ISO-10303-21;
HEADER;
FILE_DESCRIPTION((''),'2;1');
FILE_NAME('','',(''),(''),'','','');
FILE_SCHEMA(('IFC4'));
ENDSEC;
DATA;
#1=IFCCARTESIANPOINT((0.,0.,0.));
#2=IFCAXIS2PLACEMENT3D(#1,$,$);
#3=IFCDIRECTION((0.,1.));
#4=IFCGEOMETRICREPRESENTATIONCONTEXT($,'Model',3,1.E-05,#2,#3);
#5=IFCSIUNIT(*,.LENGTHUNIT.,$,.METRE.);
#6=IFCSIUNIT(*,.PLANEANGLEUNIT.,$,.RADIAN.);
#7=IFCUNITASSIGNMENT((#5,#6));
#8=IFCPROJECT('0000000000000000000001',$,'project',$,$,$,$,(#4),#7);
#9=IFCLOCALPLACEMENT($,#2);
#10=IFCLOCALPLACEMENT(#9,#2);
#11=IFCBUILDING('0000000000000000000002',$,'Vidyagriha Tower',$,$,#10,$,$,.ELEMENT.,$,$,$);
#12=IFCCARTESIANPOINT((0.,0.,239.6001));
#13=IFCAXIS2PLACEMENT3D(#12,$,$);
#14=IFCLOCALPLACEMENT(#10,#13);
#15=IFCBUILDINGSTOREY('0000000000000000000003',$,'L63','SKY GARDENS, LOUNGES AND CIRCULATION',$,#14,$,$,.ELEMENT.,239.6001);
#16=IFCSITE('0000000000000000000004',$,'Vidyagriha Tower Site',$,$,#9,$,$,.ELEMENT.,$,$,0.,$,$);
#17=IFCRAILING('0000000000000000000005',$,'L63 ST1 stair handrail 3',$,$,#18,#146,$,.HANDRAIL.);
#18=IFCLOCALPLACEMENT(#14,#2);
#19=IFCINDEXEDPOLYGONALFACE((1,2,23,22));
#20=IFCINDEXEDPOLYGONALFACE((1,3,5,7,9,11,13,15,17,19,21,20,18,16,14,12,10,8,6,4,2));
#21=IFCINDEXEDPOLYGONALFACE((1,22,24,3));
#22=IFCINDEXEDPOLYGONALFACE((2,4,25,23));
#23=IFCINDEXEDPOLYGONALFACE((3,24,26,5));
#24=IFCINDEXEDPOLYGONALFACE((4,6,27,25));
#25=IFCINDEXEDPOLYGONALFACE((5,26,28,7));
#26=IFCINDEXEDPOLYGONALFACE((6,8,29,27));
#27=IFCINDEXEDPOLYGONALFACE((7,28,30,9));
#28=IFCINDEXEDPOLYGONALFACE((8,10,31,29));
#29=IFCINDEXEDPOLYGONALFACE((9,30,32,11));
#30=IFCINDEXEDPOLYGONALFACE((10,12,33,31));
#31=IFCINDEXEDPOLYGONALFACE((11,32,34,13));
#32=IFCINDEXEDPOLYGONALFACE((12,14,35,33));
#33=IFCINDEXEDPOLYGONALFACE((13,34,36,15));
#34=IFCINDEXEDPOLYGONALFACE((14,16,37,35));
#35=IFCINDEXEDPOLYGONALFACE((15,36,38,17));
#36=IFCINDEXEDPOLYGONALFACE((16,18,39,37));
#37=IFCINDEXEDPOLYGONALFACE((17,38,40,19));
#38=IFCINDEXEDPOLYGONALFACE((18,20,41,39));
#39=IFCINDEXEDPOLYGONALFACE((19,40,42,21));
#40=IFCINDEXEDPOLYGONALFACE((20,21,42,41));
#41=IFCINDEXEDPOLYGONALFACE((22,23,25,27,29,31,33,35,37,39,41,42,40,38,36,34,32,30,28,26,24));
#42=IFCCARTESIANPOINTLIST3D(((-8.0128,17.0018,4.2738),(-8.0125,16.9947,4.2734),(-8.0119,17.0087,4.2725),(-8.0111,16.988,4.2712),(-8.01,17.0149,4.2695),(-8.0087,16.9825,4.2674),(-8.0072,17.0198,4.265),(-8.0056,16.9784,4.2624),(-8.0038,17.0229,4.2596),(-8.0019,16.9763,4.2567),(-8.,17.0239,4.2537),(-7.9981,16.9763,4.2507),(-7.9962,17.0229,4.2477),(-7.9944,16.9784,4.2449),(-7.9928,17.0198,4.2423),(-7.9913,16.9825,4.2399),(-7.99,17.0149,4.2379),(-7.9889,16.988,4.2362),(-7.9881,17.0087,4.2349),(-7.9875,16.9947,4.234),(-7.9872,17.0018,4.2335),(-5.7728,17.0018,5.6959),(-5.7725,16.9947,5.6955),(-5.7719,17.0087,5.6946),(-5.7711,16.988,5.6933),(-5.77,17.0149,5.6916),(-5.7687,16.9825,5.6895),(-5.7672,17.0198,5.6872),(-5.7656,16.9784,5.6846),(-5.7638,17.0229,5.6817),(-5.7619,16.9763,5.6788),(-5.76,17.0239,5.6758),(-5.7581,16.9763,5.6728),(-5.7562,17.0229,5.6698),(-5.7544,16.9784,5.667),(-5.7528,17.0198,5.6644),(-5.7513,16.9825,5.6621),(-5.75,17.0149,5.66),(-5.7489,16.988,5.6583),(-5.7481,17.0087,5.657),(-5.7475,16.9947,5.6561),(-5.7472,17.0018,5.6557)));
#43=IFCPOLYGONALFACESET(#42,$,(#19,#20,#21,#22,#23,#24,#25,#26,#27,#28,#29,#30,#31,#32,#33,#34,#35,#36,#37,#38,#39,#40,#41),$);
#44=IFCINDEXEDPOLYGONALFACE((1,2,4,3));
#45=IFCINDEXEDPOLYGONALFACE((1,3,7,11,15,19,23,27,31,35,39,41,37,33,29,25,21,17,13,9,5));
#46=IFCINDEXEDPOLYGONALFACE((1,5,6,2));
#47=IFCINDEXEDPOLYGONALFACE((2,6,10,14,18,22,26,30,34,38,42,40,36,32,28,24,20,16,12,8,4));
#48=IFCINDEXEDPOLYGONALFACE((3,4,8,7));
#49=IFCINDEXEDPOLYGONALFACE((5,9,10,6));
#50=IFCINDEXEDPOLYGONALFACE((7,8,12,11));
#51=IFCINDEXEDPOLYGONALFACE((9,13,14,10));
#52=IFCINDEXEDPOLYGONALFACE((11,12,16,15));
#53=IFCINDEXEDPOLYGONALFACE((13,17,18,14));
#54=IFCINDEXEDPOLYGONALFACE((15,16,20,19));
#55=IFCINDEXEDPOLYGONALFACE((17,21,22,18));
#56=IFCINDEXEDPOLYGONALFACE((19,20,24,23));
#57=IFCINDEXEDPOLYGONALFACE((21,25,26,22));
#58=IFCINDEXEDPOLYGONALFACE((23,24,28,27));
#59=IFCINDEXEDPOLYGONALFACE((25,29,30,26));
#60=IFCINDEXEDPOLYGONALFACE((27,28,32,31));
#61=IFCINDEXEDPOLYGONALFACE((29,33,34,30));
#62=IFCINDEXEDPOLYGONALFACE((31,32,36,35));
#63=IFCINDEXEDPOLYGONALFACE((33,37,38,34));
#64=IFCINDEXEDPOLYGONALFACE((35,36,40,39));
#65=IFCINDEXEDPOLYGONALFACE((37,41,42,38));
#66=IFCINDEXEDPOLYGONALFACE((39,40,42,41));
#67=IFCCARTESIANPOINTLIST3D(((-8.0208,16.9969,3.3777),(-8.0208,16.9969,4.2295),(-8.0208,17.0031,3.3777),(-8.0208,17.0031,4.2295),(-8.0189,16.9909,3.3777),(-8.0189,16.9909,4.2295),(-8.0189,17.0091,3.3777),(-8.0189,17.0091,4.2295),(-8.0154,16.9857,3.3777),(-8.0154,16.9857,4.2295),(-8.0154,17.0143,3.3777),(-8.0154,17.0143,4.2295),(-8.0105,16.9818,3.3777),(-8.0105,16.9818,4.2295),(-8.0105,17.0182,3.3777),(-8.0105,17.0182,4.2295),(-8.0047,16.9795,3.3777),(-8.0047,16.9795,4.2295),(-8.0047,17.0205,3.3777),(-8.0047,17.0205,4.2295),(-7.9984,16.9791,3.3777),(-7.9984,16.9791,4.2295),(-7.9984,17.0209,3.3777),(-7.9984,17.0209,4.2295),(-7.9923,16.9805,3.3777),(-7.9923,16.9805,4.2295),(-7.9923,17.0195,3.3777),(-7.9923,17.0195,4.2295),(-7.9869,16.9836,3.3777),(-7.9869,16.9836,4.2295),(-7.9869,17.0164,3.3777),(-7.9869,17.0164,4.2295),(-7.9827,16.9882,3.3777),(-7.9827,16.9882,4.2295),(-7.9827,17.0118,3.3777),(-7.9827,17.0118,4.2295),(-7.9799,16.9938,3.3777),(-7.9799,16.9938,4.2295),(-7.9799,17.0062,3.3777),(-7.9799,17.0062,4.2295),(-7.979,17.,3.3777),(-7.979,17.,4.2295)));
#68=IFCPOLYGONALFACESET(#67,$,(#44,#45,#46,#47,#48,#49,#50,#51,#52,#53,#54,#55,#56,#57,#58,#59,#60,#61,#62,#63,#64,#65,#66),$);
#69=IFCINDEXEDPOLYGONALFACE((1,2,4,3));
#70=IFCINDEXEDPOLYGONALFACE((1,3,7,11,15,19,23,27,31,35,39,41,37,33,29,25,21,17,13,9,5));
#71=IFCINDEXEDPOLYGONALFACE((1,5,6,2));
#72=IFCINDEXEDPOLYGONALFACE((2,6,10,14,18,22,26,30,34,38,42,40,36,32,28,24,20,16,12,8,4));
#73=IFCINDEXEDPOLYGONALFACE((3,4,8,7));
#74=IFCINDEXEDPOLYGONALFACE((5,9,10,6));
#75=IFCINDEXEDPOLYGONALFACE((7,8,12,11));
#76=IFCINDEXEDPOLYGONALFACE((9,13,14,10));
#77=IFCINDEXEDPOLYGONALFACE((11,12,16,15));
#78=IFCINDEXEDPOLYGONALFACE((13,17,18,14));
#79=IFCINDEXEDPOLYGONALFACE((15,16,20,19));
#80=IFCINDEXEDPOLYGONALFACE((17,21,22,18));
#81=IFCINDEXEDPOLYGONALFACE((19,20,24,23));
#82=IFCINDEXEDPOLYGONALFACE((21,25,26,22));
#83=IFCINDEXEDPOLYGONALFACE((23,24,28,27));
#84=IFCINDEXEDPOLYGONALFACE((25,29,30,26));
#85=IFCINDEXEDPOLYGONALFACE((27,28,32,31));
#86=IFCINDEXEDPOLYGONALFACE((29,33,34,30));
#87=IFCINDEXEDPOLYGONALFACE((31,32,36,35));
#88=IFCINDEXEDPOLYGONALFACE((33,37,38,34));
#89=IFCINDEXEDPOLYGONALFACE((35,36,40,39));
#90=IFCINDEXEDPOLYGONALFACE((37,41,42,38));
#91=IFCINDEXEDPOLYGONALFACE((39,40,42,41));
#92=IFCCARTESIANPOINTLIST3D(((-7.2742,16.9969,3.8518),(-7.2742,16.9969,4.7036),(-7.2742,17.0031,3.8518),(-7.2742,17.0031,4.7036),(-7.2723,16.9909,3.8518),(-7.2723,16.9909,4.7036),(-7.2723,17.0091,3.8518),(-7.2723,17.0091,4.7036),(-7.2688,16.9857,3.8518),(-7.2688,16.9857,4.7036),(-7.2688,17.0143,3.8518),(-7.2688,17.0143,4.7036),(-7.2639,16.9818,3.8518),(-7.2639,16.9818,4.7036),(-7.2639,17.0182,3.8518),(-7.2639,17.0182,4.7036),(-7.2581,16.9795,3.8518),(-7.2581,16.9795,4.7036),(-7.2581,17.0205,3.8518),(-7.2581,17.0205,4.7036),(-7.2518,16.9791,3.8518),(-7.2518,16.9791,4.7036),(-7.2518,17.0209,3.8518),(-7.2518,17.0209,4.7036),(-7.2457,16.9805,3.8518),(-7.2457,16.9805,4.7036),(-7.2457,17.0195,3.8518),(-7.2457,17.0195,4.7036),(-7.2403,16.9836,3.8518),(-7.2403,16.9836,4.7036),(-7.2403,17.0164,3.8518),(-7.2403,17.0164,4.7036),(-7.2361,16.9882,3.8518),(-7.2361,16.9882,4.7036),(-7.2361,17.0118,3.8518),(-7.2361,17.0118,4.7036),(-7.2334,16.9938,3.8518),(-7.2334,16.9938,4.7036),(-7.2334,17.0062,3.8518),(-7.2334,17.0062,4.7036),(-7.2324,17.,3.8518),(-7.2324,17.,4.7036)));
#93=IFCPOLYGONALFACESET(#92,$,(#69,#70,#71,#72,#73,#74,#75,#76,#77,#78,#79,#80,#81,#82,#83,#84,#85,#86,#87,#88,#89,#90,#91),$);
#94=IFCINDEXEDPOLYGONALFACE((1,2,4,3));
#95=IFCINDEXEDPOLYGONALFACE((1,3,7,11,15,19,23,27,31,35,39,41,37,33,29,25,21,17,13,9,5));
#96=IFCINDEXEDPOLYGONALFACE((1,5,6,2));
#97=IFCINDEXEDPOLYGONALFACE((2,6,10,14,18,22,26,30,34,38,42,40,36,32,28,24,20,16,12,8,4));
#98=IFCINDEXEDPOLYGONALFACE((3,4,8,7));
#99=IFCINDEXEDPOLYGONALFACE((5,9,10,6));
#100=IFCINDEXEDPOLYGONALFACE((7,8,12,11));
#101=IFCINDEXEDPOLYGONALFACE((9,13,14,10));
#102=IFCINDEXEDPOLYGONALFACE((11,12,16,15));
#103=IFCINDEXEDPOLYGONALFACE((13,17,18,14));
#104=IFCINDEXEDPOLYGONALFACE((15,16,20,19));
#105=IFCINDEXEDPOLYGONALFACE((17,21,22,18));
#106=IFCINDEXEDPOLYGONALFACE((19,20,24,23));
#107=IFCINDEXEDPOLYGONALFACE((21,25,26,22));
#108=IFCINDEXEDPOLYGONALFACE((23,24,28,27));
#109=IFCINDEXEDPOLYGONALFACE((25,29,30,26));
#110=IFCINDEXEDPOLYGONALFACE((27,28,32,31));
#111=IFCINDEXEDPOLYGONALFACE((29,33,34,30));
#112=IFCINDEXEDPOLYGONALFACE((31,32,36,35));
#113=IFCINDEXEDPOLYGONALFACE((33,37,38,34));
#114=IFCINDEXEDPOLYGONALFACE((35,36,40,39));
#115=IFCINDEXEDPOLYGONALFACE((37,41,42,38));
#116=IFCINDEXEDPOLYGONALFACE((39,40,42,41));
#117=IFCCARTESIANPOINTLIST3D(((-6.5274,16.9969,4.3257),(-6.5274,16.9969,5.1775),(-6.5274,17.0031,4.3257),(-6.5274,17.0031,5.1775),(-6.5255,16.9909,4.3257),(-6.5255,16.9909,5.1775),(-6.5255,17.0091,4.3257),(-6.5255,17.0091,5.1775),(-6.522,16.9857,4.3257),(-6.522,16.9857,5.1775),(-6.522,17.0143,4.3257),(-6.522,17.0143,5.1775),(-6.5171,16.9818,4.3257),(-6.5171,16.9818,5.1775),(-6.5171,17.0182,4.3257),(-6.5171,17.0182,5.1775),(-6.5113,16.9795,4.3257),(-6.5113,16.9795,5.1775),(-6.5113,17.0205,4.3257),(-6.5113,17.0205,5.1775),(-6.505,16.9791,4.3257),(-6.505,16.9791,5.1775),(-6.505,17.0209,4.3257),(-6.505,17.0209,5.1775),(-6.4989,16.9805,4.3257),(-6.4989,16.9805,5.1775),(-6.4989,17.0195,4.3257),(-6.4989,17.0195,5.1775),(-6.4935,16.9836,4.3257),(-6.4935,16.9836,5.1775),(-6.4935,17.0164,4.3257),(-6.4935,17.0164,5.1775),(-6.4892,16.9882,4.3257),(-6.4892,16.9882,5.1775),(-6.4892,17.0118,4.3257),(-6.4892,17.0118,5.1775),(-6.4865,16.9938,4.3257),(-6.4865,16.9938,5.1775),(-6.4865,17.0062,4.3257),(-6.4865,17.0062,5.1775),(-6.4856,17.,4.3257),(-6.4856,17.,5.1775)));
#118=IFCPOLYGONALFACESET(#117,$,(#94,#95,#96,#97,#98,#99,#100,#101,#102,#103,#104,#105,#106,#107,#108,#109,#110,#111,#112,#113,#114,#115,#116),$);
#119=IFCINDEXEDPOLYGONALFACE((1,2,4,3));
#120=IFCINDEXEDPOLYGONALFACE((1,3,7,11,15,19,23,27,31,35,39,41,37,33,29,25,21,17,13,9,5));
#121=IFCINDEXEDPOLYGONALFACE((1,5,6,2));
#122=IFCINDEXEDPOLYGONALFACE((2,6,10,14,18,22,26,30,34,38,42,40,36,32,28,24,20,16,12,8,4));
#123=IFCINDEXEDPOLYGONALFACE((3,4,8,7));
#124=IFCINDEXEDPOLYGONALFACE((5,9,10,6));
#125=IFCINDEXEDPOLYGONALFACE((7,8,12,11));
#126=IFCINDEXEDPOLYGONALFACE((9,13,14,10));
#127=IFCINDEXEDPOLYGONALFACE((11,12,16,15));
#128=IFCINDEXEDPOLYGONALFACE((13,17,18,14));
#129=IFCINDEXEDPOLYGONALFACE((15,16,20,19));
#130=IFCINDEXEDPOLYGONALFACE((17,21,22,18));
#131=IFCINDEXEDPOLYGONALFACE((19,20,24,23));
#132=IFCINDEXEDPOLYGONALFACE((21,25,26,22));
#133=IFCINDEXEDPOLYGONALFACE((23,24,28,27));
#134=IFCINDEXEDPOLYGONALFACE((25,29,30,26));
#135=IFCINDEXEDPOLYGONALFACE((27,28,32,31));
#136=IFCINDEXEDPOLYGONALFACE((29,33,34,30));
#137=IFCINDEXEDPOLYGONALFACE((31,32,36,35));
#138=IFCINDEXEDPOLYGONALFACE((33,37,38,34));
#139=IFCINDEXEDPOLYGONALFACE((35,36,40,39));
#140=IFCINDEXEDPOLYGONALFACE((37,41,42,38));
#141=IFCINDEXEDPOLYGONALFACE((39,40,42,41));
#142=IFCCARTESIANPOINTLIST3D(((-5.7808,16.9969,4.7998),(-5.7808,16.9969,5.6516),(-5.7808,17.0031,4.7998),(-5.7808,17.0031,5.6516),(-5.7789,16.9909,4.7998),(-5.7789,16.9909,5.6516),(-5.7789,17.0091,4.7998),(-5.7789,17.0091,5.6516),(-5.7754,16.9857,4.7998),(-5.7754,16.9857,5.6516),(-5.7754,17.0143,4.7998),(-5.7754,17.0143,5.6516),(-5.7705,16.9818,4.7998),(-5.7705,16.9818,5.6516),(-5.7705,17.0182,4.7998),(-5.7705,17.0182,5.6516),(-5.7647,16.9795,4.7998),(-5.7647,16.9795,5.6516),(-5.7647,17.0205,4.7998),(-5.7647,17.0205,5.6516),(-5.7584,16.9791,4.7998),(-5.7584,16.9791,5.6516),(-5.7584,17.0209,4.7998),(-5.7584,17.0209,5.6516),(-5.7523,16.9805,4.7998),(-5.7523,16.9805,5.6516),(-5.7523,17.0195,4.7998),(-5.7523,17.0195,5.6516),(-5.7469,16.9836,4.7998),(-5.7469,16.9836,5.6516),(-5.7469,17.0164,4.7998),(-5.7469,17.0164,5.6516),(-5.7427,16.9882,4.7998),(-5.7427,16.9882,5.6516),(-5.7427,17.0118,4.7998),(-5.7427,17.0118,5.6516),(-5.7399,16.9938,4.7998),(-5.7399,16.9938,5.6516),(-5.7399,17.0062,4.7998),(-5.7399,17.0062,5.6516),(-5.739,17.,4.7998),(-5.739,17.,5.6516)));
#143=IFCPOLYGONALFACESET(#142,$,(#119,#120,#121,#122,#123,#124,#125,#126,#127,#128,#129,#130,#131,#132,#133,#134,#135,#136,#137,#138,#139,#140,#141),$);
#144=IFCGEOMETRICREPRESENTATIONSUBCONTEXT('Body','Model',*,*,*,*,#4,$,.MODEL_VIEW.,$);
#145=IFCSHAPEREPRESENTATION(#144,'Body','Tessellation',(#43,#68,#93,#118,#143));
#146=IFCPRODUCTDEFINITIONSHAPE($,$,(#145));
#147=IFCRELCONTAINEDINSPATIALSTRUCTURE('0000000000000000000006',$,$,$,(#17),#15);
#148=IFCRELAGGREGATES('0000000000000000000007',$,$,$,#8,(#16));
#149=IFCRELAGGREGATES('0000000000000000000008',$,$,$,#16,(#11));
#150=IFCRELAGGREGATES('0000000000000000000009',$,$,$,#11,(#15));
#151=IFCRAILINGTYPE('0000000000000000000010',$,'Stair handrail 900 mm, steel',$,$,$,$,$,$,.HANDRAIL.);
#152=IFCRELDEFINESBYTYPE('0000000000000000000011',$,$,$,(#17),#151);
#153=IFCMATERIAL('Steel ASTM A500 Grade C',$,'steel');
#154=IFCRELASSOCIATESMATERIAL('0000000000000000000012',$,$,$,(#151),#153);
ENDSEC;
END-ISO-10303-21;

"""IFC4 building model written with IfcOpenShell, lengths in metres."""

from ifc_helpers import new_model, si_unit, direction, frame, origin, origin_2d, place, context, subcontext, project, spatial, circle, extrude, material, type_object, element, save


model = new_model("IFC4")

# Units and contexts
model_context = context("Model", 3, precision=1e-05, world=origin(), true_north=direction((0.0, 1.0)))
body_context = subcontext(model_context, "Body", "Model", "MODEL_VIEW")
ifc_project = project(units=[si_unit("LENGTHUNIT", "METRE"), si_unit("PLANEANGLEUNIT", "RADIAN")], contexts=[model_context])

# Site, building, storey
site_placement = place(None, origin())
site = spatial("IfcSite", under=ifc_project, at=site_placement, Name="Vidyagriha Tower Site", CompositionType="ELEMENT", RefElevation=0.0)
building_placement = place(site_placement, origin())
building = spatial("IfcBuilding", under=site, at=building_placement, Name="Vidyagriha Tower", CompositionType="ELEMENT")
storey_placement = place(building_placement, frame((0.0, 0.0, 239.6001)))
storey = spatial("IfcBuildingStorey", under=building, at=storey_placement, Name="L63", Description="SKY GARDENS, LOUNGES AND CIRCULATION", CompositionType="ELEMENT", Elevation=239.6001)

# Railing
ifc_material_1 = material(Name="Steel ASTM A500 Grade C", Category="steel")
railing_type = type_object("IfcRailingType", Name="Stair handrail 900 mm, steel", PredefinedType="HANDRAIL", material=ifc_material_1)
for number, where, name in (
    (1, (-8.0, 17.0, 3.3777), "L63 ST1 stair handrail 3"),
):
    element("IfcRailing", number, at=place(storey_placement, frame(where)), inside=storey, type_object=railing_type, Name=name, PredefinedType="HANDRAIL", context=body_context, shape_type="SweptSolid", body=[
        extrude(circle(Radius=0.0239, at=origin_2d()), frame((0.0, 0.0, 0.876), z_axis=(0.844229, 0.0, 0.535982), x_axis=(0.0, 1.0, 0.0)), (0.0, 0.0, 1.0), 2.6533),
        extrude(circle(Radius=0.021, at=origin_2d()), origin(), (0.0, 0.0, 1.0), 0.8518),
        extrude(circle(Radius=0.021, at=origin_2d()), frame((0.7466, 0.0, 0.4741)), (0.0, 0.0, 1.0), 0.8518),
        extrude(circle(Radius=0.021, at=origin_2d()), frame((1.4934, 0.0, 0.948)), (0.0, 0.0, 1.0), 0.8518),
        extrude(circle(Radius=0.021, at=origin_2d()), frame((2.24, 0.0, 1.4221)), (0.0, 0.0, 1.0), 0.8518),
    ])

save(model, "model.ifc")
